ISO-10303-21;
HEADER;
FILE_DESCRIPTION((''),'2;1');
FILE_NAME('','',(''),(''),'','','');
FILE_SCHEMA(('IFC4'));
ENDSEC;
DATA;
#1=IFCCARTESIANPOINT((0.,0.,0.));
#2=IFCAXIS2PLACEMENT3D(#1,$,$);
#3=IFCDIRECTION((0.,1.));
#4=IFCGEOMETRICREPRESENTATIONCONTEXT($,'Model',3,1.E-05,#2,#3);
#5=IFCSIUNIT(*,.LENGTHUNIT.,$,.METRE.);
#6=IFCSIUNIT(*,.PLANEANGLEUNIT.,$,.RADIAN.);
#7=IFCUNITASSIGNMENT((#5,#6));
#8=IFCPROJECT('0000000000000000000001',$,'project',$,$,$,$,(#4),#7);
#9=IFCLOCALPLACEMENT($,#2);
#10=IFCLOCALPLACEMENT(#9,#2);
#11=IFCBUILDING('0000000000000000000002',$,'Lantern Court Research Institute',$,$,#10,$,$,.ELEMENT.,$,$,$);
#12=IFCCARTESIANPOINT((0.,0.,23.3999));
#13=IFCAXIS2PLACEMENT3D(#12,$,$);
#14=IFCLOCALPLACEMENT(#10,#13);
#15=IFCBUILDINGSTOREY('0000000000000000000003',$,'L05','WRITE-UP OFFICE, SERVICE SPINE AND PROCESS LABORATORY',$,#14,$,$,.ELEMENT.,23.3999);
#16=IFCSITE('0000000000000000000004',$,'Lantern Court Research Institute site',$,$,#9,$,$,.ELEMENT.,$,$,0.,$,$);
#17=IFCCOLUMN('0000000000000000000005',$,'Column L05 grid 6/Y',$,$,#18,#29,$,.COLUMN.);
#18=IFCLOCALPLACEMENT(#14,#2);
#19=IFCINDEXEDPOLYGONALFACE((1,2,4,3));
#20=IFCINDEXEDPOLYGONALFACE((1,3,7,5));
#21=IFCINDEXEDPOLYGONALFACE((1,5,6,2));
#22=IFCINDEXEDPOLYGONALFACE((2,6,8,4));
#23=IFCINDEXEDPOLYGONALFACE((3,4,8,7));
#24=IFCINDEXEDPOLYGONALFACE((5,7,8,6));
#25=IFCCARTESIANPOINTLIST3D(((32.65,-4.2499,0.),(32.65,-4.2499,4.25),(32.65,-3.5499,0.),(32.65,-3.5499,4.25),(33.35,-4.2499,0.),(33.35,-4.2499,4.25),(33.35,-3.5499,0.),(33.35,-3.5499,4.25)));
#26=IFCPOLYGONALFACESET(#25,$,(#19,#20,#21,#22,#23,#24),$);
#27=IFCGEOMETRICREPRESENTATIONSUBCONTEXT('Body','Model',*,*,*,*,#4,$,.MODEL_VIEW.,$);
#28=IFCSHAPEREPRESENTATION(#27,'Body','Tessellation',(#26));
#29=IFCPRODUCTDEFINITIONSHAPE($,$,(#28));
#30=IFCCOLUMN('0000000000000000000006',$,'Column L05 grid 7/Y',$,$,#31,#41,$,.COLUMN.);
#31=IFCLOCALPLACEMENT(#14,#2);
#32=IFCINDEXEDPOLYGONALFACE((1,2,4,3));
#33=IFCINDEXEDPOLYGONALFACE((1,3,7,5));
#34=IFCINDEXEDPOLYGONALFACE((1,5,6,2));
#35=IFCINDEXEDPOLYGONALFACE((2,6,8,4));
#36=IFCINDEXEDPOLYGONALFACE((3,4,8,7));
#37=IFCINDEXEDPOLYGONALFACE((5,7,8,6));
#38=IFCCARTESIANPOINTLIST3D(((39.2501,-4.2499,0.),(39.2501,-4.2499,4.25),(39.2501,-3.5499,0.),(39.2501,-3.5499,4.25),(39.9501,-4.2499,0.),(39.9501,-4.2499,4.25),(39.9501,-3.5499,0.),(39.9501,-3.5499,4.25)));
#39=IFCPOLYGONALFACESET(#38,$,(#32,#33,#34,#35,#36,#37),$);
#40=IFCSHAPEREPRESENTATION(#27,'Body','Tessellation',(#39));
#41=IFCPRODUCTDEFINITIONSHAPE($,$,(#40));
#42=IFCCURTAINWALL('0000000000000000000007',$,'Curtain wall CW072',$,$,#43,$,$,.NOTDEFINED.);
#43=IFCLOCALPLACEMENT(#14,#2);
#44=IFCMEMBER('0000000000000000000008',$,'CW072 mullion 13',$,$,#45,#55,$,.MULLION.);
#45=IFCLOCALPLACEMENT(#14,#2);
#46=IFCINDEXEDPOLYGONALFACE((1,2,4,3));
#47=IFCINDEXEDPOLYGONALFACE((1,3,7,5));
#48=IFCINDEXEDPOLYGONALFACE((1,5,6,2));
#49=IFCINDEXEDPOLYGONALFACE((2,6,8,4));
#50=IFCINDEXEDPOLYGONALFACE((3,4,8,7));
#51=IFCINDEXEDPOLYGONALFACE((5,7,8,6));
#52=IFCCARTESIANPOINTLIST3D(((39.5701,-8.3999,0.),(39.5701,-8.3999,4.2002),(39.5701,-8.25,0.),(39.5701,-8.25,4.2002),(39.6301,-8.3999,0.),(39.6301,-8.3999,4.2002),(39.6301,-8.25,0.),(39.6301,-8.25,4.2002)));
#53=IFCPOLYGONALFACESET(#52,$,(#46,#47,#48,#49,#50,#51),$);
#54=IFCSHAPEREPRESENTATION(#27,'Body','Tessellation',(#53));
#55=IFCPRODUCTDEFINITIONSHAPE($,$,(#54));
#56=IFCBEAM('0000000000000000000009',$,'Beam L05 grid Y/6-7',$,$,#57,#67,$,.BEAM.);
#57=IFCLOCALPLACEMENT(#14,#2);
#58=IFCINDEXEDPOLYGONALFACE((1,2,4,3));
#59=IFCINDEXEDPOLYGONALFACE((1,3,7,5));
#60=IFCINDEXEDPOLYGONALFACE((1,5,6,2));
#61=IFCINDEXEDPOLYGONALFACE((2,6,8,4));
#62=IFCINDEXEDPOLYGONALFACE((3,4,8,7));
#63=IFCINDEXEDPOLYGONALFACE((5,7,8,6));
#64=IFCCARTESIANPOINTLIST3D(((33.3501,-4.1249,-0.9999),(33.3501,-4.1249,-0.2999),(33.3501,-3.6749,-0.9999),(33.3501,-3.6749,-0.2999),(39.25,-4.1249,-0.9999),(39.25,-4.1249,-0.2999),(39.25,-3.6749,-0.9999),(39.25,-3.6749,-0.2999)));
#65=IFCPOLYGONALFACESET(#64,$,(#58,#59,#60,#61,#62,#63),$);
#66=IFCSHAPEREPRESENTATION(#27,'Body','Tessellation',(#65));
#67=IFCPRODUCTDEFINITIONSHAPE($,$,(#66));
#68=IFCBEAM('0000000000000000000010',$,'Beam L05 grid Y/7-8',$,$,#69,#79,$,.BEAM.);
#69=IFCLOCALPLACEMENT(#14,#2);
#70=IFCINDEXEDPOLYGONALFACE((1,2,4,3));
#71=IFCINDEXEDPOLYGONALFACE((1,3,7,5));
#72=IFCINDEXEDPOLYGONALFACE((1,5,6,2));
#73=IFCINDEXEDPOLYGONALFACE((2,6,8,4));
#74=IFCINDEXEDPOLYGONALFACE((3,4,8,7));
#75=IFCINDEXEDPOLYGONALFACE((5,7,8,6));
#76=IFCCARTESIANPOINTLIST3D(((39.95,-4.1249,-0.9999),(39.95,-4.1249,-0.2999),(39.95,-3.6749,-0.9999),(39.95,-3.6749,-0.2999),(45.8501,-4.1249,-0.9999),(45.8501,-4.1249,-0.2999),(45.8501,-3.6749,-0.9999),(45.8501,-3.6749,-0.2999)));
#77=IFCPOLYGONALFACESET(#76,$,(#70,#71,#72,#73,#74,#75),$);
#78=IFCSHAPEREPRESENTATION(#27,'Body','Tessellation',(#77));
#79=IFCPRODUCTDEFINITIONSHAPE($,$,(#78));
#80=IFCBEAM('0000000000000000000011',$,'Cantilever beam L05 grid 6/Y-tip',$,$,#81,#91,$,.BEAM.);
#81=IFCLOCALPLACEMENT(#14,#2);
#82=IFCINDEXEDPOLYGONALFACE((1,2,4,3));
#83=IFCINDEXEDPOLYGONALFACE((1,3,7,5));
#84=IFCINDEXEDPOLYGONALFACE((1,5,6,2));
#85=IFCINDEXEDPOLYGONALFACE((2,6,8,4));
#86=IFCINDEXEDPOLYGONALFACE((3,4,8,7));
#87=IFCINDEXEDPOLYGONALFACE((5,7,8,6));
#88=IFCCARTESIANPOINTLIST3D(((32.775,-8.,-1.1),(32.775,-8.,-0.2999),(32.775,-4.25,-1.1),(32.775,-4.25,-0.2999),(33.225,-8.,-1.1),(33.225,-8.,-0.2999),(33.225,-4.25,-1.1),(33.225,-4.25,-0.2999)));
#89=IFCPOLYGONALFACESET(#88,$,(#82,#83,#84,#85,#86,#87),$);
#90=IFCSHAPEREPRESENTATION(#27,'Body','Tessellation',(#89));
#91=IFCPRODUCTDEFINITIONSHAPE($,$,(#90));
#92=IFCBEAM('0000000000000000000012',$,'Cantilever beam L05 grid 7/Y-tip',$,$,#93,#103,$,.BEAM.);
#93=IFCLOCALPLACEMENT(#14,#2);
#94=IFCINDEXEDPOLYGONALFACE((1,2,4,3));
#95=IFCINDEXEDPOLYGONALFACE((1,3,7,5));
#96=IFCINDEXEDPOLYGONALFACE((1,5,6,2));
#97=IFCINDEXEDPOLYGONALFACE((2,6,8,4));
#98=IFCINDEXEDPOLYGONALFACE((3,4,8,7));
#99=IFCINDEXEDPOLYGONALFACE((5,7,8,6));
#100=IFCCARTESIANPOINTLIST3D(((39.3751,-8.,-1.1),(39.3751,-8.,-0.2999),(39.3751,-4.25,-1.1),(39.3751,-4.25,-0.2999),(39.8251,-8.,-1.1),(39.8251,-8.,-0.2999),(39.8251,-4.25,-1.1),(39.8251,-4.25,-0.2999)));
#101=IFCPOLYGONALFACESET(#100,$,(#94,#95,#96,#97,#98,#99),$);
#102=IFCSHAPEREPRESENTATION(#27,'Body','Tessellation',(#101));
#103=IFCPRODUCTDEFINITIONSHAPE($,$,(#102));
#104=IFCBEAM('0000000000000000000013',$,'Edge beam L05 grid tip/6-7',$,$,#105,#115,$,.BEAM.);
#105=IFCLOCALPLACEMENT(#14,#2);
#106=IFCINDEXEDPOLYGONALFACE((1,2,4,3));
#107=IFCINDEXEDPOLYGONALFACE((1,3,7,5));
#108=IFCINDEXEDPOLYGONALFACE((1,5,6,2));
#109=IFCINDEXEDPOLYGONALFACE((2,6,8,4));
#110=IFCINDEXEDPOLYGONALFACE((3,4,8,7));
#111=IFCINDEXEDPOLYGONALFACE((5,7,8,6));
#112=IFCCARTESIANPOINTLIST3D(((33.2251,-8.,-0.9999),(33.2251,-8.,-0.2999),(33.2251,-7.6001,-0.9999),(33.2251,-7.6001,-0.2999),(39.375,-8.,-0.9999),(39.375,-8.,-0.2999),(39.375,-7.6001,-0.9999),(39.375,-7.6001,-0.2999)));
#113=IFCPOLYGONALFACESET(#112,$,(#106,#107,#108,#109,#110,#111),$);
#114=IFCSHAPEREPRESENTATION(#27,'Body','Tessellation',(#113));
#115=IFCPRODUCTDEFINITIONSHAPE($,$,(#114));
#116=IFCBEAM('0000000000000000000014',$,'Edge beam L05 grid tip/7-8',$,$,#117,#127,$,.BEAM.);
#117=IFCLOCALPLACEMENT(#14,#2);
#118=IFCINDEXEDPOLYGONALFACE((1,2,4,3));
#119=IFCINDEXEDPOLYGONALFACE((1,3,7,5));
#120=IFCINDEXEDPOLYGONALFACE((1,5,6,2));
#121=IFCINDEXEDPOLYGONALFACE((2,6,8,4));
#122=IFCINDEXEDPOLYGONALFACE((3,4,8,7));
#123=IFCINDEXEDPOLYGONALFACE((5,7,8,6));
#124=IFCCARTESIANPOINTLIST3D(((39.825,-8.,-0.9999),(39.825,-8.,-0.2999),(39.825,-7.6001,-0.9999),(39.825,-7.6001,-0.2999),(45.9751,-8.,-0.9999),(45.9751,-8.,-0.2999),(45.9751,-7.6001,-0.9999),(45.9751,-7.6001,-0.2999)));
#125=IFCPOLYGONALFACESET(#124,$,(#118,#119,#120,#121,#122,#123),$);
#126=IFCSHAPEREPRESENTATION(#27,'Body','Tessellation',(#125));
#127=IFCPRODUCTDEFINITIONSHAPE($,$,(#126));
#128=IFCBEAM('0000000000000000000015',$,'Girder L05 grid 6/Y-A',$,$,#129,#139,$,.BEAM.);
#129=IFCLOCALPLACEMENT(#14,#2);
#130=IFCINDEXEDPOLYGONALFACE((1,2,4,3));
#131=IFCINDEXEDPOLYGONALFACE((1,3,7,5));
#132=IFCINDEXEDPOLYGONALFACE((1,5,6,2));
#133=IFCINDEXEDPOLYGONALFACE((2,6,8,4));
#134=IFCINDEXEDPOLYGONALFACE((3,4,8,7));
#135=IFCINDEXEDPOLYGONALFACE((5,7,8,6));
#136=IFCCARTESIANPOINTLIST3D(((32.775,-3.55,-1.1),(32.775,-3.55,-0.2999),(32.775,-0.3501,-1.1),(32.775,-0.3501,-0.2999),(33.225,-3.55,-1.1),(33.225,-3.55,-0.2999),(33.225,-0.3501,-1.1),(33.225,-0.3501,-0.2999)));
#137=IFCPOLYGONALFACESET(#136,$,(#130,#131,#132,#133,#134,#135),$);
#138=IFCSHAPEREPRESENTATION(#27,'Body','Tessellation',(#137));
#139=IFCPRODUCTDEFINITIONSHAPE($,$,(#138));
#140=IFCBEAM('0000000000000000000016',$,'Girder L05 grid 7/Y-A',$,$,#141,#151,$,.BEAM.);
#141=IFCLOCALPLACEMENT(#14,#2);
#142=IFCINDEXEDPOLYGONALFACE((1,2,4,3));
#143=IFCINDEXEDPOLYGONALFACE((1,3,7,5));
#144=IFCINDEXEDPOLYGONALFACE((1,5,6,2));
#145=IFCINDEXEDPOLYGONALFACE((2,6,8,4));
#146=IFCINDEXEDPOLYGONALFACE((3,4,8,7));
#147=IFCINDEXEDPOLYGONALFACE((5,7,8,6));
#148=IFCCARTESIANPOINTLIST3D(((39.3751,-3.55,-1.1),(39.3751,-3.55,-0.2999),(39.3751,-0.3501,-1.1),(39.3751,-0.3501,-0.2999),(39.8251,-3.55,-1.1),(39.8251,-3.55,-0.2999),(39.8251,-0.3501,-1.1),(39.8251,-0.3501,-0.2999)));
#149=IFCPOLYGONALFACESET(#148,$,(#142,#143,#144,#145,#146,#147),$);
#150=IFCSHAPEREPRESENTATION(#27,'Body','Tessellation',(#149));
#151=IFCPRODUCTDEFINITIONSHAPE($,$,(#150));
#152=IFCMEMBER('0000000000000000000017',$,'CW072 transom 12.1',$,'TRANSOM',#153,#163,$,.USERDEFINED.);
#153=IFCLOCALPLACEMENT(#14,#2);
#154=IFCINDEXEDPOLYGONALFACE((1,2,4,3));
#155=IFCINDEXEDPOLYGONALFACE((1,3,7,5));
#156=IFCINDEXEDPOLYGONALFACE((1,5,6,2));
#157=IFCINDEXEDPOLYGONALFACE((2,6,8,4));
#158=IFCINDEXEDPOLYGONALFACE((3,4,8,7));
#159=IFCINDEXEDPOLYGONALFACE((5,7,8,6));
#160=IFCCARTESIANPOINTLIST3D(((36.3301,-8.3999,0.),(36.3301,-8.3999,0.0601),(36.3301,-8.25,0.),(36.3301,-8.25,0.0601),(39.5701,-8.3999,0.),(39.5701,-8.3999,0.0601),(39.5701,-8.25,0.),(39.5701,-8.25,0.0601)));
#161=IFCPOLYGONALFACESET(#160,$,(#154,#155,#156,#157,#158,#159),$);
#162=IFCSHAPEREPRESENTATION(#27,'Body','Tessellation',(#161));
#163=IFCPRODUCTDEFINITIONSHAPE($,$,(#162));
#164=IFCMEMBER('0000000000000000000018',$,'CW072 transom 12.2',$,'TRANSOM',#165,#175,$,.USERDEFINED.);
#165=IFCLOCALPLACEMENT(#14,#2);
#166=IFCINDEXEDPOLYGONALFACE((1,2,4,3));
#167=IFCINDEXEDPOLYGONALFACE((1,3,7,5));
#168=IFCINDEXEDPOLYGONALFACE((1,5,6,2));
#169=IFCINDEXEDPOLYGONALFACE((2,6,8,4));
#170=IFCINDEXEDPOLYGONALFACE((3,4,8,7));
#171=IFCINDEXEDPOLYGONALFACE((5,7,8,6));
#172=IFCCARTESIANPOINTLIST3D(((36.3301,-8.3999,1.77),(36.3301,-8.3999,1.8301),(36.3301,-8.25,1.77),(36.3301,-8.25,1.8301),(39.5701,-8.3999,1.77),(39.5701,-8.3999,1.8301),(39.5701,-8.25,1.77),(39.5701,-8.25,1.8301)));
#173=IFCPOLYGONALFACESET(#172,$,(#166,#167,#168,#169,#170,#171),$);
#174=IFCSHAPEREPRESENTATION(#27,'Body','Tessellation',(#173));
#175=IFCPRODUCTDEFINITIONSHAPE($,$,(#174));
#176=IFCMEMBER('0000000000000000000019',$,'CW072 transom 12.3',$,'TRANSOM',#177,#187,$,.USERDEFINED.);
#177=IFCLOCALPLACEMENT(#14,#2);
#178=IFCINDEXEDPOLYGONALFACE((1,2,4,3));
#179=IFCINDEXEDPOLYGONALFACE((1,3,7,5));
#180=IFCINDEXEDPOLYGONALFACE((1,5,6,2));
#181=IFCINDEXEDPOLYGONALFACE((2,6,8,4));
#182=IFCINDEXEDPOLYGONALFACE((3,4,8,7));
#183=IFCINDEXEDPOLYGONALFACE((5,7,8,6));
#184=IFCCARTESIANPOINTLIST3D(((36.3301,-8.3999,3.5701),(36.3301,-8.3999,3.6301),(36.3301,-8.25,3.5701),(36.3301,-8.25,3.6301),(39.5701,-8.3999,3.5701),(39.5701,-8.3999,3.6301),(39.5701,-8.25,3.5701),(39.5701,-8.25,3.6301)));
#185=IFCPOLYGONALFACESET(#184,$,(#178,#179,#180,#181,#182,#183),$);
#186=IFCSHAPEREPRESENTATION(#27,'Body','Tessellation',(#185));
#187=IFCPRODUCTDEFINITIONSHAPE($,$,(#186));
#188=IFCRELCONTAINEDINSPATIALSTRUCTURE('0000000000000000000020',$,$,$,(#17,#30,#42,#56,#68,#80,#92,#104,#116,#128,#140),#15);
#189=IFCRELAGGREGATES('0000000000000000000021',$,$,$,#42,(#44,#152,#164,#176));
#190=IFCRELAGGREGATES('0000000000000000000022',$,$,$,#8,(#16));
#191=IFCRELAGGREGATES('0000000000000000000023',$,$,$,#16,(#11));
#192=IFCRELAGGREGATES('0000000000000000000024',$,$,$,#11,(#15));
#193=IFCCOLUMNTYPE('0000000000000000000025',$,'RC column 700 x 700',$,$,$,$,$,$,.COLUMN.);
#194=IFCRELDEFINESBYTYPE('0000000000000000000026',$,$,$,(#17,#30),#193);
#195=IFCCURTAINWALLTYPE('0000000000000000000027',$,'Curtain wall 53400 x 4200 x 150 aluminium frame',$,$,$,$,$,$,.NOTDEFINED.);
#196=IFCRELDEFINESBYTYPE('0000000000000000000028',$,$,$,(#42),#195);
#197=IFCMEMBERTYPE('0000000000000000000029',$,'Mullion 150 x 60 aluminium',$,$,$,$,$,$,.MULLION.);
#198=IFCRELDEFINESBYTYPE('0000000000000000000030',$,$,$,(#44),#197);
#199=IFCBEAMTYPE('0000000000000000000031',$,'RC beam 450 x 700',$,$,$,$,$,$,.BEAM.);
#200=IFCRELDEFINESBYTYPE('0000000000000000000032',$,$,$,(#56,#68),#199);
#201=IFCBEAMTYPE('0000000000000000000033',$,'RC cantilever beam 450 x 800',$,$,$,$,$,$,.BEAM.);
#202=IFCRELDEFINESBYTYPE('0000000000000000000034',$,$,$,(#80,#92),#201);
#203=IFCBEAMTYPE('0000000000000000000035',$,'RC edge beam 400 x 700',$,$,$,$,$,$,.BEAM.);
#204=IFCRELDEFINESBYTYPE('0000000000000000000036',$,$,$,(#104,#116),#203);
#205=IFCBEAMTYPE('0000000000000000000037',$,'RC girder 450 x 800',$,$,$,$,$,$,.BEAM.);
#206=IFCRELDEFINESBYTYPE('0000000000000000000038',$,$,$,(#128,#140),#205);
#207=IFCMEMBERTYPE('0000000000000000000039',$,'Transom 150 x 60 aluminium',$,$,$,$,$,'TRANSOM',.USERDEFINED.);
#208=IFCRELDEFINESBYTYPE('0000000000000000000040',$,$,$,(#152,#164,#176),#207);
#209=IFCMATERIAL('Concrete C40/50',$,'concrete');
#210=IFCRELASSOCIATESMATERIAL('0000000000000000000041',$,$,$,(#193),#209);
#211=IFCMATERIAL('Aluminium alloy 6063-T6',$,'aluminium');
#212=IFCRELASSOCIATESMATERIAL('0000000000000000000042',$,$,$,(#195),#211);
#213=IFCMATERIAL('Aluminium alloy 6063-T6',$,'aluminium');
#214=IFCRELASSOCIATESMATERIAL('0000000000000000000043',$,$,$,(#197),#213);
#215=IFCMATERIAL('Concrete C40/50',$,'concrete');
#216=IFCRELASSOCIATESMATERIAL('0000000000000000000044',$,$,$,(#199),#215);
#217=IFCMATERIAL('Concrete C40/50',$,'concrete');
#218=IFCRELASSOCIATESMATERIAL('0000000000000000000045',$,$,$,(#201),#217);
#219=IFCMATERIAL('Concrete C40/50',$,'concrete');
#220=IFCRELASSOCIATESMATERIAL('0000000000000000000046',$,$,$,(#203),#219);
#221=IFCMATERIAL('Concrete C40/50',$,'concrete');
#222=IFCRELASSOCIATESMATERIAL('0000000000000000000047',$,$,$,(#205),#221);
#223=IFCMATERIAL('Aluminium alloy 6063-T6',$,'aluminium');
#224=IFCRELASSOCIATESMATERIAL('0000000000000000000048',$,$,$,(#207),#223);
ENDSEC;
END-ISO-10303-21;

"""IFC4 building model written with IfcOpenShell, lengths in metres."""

from ifc_helpers import new_model, si_unit, direction, frame, origin, origin_2d, place, context, subcontext, project, spatial, rectangle, extrude, material, material_profile, profile_set, type_object, element, aggregate, save


model = new_model("IFC4")

# Units and contexts
model_context = context("Model", 3, precision=1e-05, world=origin(), true_north=direction((0.0, 1.0)))
body_context = subcontext(model_context, "Body", "Model", "MODEL_VIEW")
ifc_project = project(units=[si_unit("LENGTHUNIT", "METRE"), si_unit("PLANEANGLEUNIT", "RADIAN")], contexts=[model_context])

# Site, building, storey
site_placement = place(None, origin())
site = spatial("IfcSite", under=ifc_project, at=site_placement, Name="Lantern Court Research Institute site", CompositionType="ELEMENT", RefElevation=0.0)
building_placement = place(site_placement, origin())
building = spatial("IfcBuilding", under=site, at=building_placement, Name="Lantern Court Research Institute", CompositionType="ELEMENT")
storey_placement = place(building_placement, frame((0.0, 0.0, 23.3999)))
storey = spatial("IfcBuildingStorey", under=building, at=storey_placement, Name="L05", Description="WRITE-UP OFFICE, SERVICE SPINE AND PROCESS LABORATORY", CompositionType="ELEMENT", Elevation=23.3999)

# Columns
ifc_material_1 = material(Name="Concrete C40/50", Category="concrete")
ifc_material_profile_1 = material_profile(ifc_material_1, rectangle(XDim=0.7, YDim=0.7, at=origin_2d()), Name="RC column 700 x 700")
ifc_profile_set_1 = profile_set([ifc_material_profile_1], Name="Concrete C40/50")
column_type = type_object("IfcColumnType", Name="RC column 700 x 700", PredefinedType="COLUMN", material=ifc_profile_set_1)
for number, where, z_axis, x_axis, name in (
    (1, (33.0, -3.8999, 0.0), (0.0, 0.0, 1.0), (1.0, 0.0, 0.0), "Column L05 grid 6/Y"),
    (2, (39.6001, -3.8999, 0.0), (0.0, 0.0, 1.0), (1.0, 0.0, 0.0), "Column L05 grid 7/Y"),
):
    element("IfcColumn", number, at=place(storey_placement, frame(where, z_axis=z_axis, x_axis=x_axis)), inside=storey, type_object=column_type, Name=name, PredefinedType="COLUMN", context=body_context, shape_type="SweptSolid", body=[
        extrude(rectangle(XDim=0.7, YDim=0.7, at=origin_2d()), origin(), (0.0, 0.0, 1.0), 4.25),
    ])

# Curtain wall, member
ifc_material_2 = material(Name="Aluminium alloy 6063-T6", Category="aluminium")
curtain_wall_type = type_object("IfcCurtainWallType", Name="Curtain wall 53400 x 4200 x 150 aluminium frame", PredefinedType="NOTDEFINED", material=ifc_material_2)
curtain_wall_placement = place(storey_placement, origin())
curtain_wall = element("IfcCurtainWall", 3, at=curtain_wall_placement, inside=storey, type_object=curtain_wall_type, Name="Curtain wall CW072", PredefinedType="NOTDEFINED")
ifc_material_3 = material(Name="Aluminium alloy 6063-T6", Category="aluminium")
ifc_material_profile_2 = material_profile(ifc_material_3, rectangle(XDim=0.1499, YDim=0.0601, at=origin_2d()), Name="Mullion 150 x 60")
ifc_profile_set_2 = profile_set([ifc_material_profile_2], Name="Aluminium alloy 6063-T6")
member_type_1 = type_object("IfcMemberType", Name="Mullion 150 x 60 aluminium", PredefinedType="MULLION", material=ifc_profile_set_2)
member_1_placement = place(storey_placement, frame((39.6001, -8.325, 0.0), z_axis=(0.0, 0.0, 1.0), x_axis=(0.0, -1.0, 0.0)))
member_1 = element("IfcMember", 4, at=member_1_placement, type_object=member_type_1, Name="CW072 mullion 13", PredefinedType="MULLION", context=body_context, shape_type="SweptSolid", body=[
    extrude(rectangle(XDim=0.1499, YDim=0.0601, at=origin_2d()), origin(), (0.0, 0.0, 1.0), 4.2002),
])

# Beams
ifc_material_4 = material(Name="Concrete C40/50", Category="concrete")
ifc_material_profile_3 = material_profile(ifc_material_4, rectangle(XDim=0.45, YDim=0.7, at=origin_2d()), Name="RC beam 450 x 700")
ifc_profile_set_3 = profile_set([ifc_material_profile_3], Name="Concrete C40/50")
beam_type_1 = type_object("IfcBeamType", Name="RC beam 450 x 700", PredefinedType="BEAM", material=ifc_profile_set_3)
beam_1_placement = place(storey_placement, frame((33.3501, -3.8999, -0.6499), z_axis=(1.0, 0.0, 0.0), x_axis=(0.0, 1.0, 0.0)))
element("IfcBeam", 5, at=beam_1_placement, inside=storey, type_object=beam_type_1, Name="Beam L05 grid Y/6-7", PredefinedType="BEAM", context=body_context, shape_type="SweptSolid", body=[
    extrude(rectangle(XDim=0.45, YDim=0.7, at=origin_2d()), origin(), (0.0, 0.0, 1.0), 5.8999),
])
beam_2_placement = place(storey_placement, frame((39.95, -3.8999, -0.6499), z_axis=(1.0, 0.0, 0.0), x_axis=(0.0, 1.0, 0.0)))
element("IfcBeam", 6, at=beam_2_placement, inside=storey, type_object=beam_type_1, Name="Beam L05 grid Y/7-8", PredefinedType="BEAM", context=body_context, shape_type="SweptSolid", body=[
    extrude(rectangle(XDim=0.45, YDim=0.7, at=origin_2d()), origin(), (0.0, 0.0, 1.0), 5.9001),
])
ifc_material_5 = material(Name="Concrete C40/50", Category="concrete")
ifc_material_profile_4 = material_profile(ifc_material_5, rectangle(XDim=0.45, YDim=0.8, at=origin_2d()), Name="RC beam 450 x 800")
ifc_profile_set_4 = profile_set([ifc_material_profile_4], Name="Concrete C40/50")
beam_type_2 = type_object("IfcBeamType", Name="RC cantilever beam 450 x 800", PredefinedType="BEAM", material=ifc_profile_set_4)
for number, where, z_axis, x_axis, name in (
    (7, (33.0, -4.25, -0.7), (0.0, -1.0, 0.0), (1.0, 0.0, 0.0), "Cantilever beam L05 grid 6/Y-tip"),
    (8, (39.6001, -4.25, -0.7), (0.0, -1.0, 0.0), (1.0, 0.0, 0.0), "Cantilever beam L05 grid 7/Y-tip"),
):
    element("IfcBeam", number, at=place(storey_placement, frame(where, z_axis=z_axis, x_axis=x_axis)), inside=storey, type_object=beam_type_2, Name=name, PredefinedType="BEAM", context=body_context, shape_type="SweptSolid", body=[
        extrude(rectangle(XDim=0.45, YDim=0.8, at=origin_2d()), origin(), (0.0, 0.0, 1.0), 3.75),
    ])
ifc_material_6 = material(Name="Concrete C40/50", Category="concrete")
ifc_material_profile_5 = material_profile(ifc_material_6, rectangle(XDim=0.3999, YDim=0.7, at=origin_2d()), Name="RC beam 400 x 700")
ifc_profile_set_5 = profile_set([ifc_material_profile_5], Name="Concrete C40/50")
beam_type_3 = type_object("IfcBeamType", Name="RC edge beam 400 x 700", PredefinedType="BEAM", material=ifc_profile_set_5)
beam_3_placement = place(storey_placement, frame((33.2251, -7.8, -0.6499), z_axis=(1.0, 0.0, 0.0), x_axis=(0.0, 1.0, 0.0)))
element("IfcBeam", 9, at=beam_3_placement, inside=storey, type_object=beam_type_3, Name="Edge beam L05 grid tip/6-7", PredefinedType="BEAM", context=body_context, shape_type="SweptSolid", body=[
    extrude(rectangle(XDim=0.3999, YDim=0.7, at=origin_2d()), origin(), (0.0, 0.0, 1.0), 6.1499),
])
beam_4_placement = place(storey_placement, frame((39.825, -7.8, -0.6499), z_axis=(1.0, 0.0, 0.0), x_axis=(0.0, 1.0, 0.0)))
element("IfcBeam", 10, at=beam_4_placement, inside=storey, type_object=beam_type_3, Name="Edge beam L05 grid tip/7-8", PredefinedType="BEAM", context=body_context, shape_type="SweptSolid", body=[
    extrude(rectangle(XDim=0.3999, YDim=0.7, at=origin_2d()), origin(), (0.0, 0.0, 1.0), 6.1501),
])
ifc_material_7 = material(Name="Concrete C40/50", Category="concrete")
ifc_material_profile_6 = material_profile(ifc_material_7, rectangle(XDim=0.45, YDim=0.8, at=origin_2d()), Name="RC beam 450 x 800")
ifc_profile_set_6 = profile_set([ifc_material_profile_6], Name="Concrete C40/50")
beam_type_4 = type_object("IfcBeamType", Name="RC girder 450 x 800", PredefinedType="BEAM", material=ifc_profile_set_6)
for number, where, z_axis, x_axis, name in (
    (11, (33.0, -3.55, -0.7), (0.0, 1.0, 0.0), (-1.0, 0.0, 0.0), "Girder L05 grid 6/Y-A"),
    (12, (39.6001, -3.55, -0.7), (0.0, 1.0, 0.0), (-1.0, 0.0, 0.0), "Girder L05 grid 7/Y-A"),
):
    element("IfcBeam", number, at=place(storey_placement, frame(where, z_axis=z_axis, x_axis=x_axis)), inside=storey, type_object=beam_type_4, Name=name, PredefinedType="BEAM", context=body_context, shape_type="SweptSolid", body=[
        extrude(rectangle(XDim=0.45, YDim=0.8, at=origin_2d()), origin(), (0.0, 0.0, 1.0), 3.2),
    ])

# Members
ifc_material_8 = material(Name="Aluminium alloy 6063-T6", Category="aluminium")
ifc_material_profile_7 = material_profile(ifc_material_8, rectangle(XDim=0.1499, YDim=0.0601, at=origin_2d()), Name="Transom 150 x 60")
ifc_profile_set_7 = profile_set([ifc_material_profile_7], Name="Aluminium alloy 6063-T6")
member_type_2 = type_object("IfcMemberType", Name="Transom 150 x 60 aluminium", ElementType="TRANSOM", PredefinedType="USERDEFINED", material=ifc_profile_set_7)
member_2_placement = place(storey_placement, frame((39.5701, -8.325, 0.03), z_axis=(-1.0, 0.0, 0.0), x_axis=(0.0, -1.0, 0.0)))
member_2 = element("IfcMember", 13, at=member_2_placement, type_object=member_type_2, Name="CW072 transom 12.1", ObjectType="TRANSOM", PredefinedType="USERDEFINED", context=body_context, shape_type="SweptSolid", body=[
    extrude(rectangle(XDim=0.1499, YDim=0.0601, at=origin_2d()), origin(), (0.0, 0.0, 1.0), 3.24),
])
member_3_placement = place(storey_placement, frame((39.5701, -8.325, 1.8), z_axis=(-1.0, 0.0, 0.0), x_axis=(0.0, -1.0, 0.0)))
member_3 = element("IfcMember", 14, at=member_3_placement, type_object=member_type_2, Name="CW072 transom 12.2", ObjectType="TRANSOM", PredefinedType="USERDEFINED", context=body_context, shape_type="SweptSolid", body=[
    extrude(rectangle(XDim=0.1499, YDim=0.0601, at=origin_2d()), origin(), (0.0, 0.0, 1.0), 3.24),
])
member_4_placement = place(storey_placement, frame((39.5701, -8.325, 3.6001), z_axis=(-1.0, 0.0, 0.0), x_axis=(0.0, -1.0, 0.0)))
member_4 = element("IfcMember", 15, at=member_4_placement, type_object=member_type_2, Name="CW072 transom 12.3", ObjectType="TRANSOM", PredefinedType="USERDEFINED", context=body_context, shape_type="SweptSolid", body=[
    extrude(rectangle(XDim=0.1499, YDim=0.0601, at=origin_2d()), origin(), (0.0, 0.0, 1.0), 3.24),
])

aggregate(curtain_wall, [member_1, member_2, member_3, member_4])

save(model, "model.ifc")
